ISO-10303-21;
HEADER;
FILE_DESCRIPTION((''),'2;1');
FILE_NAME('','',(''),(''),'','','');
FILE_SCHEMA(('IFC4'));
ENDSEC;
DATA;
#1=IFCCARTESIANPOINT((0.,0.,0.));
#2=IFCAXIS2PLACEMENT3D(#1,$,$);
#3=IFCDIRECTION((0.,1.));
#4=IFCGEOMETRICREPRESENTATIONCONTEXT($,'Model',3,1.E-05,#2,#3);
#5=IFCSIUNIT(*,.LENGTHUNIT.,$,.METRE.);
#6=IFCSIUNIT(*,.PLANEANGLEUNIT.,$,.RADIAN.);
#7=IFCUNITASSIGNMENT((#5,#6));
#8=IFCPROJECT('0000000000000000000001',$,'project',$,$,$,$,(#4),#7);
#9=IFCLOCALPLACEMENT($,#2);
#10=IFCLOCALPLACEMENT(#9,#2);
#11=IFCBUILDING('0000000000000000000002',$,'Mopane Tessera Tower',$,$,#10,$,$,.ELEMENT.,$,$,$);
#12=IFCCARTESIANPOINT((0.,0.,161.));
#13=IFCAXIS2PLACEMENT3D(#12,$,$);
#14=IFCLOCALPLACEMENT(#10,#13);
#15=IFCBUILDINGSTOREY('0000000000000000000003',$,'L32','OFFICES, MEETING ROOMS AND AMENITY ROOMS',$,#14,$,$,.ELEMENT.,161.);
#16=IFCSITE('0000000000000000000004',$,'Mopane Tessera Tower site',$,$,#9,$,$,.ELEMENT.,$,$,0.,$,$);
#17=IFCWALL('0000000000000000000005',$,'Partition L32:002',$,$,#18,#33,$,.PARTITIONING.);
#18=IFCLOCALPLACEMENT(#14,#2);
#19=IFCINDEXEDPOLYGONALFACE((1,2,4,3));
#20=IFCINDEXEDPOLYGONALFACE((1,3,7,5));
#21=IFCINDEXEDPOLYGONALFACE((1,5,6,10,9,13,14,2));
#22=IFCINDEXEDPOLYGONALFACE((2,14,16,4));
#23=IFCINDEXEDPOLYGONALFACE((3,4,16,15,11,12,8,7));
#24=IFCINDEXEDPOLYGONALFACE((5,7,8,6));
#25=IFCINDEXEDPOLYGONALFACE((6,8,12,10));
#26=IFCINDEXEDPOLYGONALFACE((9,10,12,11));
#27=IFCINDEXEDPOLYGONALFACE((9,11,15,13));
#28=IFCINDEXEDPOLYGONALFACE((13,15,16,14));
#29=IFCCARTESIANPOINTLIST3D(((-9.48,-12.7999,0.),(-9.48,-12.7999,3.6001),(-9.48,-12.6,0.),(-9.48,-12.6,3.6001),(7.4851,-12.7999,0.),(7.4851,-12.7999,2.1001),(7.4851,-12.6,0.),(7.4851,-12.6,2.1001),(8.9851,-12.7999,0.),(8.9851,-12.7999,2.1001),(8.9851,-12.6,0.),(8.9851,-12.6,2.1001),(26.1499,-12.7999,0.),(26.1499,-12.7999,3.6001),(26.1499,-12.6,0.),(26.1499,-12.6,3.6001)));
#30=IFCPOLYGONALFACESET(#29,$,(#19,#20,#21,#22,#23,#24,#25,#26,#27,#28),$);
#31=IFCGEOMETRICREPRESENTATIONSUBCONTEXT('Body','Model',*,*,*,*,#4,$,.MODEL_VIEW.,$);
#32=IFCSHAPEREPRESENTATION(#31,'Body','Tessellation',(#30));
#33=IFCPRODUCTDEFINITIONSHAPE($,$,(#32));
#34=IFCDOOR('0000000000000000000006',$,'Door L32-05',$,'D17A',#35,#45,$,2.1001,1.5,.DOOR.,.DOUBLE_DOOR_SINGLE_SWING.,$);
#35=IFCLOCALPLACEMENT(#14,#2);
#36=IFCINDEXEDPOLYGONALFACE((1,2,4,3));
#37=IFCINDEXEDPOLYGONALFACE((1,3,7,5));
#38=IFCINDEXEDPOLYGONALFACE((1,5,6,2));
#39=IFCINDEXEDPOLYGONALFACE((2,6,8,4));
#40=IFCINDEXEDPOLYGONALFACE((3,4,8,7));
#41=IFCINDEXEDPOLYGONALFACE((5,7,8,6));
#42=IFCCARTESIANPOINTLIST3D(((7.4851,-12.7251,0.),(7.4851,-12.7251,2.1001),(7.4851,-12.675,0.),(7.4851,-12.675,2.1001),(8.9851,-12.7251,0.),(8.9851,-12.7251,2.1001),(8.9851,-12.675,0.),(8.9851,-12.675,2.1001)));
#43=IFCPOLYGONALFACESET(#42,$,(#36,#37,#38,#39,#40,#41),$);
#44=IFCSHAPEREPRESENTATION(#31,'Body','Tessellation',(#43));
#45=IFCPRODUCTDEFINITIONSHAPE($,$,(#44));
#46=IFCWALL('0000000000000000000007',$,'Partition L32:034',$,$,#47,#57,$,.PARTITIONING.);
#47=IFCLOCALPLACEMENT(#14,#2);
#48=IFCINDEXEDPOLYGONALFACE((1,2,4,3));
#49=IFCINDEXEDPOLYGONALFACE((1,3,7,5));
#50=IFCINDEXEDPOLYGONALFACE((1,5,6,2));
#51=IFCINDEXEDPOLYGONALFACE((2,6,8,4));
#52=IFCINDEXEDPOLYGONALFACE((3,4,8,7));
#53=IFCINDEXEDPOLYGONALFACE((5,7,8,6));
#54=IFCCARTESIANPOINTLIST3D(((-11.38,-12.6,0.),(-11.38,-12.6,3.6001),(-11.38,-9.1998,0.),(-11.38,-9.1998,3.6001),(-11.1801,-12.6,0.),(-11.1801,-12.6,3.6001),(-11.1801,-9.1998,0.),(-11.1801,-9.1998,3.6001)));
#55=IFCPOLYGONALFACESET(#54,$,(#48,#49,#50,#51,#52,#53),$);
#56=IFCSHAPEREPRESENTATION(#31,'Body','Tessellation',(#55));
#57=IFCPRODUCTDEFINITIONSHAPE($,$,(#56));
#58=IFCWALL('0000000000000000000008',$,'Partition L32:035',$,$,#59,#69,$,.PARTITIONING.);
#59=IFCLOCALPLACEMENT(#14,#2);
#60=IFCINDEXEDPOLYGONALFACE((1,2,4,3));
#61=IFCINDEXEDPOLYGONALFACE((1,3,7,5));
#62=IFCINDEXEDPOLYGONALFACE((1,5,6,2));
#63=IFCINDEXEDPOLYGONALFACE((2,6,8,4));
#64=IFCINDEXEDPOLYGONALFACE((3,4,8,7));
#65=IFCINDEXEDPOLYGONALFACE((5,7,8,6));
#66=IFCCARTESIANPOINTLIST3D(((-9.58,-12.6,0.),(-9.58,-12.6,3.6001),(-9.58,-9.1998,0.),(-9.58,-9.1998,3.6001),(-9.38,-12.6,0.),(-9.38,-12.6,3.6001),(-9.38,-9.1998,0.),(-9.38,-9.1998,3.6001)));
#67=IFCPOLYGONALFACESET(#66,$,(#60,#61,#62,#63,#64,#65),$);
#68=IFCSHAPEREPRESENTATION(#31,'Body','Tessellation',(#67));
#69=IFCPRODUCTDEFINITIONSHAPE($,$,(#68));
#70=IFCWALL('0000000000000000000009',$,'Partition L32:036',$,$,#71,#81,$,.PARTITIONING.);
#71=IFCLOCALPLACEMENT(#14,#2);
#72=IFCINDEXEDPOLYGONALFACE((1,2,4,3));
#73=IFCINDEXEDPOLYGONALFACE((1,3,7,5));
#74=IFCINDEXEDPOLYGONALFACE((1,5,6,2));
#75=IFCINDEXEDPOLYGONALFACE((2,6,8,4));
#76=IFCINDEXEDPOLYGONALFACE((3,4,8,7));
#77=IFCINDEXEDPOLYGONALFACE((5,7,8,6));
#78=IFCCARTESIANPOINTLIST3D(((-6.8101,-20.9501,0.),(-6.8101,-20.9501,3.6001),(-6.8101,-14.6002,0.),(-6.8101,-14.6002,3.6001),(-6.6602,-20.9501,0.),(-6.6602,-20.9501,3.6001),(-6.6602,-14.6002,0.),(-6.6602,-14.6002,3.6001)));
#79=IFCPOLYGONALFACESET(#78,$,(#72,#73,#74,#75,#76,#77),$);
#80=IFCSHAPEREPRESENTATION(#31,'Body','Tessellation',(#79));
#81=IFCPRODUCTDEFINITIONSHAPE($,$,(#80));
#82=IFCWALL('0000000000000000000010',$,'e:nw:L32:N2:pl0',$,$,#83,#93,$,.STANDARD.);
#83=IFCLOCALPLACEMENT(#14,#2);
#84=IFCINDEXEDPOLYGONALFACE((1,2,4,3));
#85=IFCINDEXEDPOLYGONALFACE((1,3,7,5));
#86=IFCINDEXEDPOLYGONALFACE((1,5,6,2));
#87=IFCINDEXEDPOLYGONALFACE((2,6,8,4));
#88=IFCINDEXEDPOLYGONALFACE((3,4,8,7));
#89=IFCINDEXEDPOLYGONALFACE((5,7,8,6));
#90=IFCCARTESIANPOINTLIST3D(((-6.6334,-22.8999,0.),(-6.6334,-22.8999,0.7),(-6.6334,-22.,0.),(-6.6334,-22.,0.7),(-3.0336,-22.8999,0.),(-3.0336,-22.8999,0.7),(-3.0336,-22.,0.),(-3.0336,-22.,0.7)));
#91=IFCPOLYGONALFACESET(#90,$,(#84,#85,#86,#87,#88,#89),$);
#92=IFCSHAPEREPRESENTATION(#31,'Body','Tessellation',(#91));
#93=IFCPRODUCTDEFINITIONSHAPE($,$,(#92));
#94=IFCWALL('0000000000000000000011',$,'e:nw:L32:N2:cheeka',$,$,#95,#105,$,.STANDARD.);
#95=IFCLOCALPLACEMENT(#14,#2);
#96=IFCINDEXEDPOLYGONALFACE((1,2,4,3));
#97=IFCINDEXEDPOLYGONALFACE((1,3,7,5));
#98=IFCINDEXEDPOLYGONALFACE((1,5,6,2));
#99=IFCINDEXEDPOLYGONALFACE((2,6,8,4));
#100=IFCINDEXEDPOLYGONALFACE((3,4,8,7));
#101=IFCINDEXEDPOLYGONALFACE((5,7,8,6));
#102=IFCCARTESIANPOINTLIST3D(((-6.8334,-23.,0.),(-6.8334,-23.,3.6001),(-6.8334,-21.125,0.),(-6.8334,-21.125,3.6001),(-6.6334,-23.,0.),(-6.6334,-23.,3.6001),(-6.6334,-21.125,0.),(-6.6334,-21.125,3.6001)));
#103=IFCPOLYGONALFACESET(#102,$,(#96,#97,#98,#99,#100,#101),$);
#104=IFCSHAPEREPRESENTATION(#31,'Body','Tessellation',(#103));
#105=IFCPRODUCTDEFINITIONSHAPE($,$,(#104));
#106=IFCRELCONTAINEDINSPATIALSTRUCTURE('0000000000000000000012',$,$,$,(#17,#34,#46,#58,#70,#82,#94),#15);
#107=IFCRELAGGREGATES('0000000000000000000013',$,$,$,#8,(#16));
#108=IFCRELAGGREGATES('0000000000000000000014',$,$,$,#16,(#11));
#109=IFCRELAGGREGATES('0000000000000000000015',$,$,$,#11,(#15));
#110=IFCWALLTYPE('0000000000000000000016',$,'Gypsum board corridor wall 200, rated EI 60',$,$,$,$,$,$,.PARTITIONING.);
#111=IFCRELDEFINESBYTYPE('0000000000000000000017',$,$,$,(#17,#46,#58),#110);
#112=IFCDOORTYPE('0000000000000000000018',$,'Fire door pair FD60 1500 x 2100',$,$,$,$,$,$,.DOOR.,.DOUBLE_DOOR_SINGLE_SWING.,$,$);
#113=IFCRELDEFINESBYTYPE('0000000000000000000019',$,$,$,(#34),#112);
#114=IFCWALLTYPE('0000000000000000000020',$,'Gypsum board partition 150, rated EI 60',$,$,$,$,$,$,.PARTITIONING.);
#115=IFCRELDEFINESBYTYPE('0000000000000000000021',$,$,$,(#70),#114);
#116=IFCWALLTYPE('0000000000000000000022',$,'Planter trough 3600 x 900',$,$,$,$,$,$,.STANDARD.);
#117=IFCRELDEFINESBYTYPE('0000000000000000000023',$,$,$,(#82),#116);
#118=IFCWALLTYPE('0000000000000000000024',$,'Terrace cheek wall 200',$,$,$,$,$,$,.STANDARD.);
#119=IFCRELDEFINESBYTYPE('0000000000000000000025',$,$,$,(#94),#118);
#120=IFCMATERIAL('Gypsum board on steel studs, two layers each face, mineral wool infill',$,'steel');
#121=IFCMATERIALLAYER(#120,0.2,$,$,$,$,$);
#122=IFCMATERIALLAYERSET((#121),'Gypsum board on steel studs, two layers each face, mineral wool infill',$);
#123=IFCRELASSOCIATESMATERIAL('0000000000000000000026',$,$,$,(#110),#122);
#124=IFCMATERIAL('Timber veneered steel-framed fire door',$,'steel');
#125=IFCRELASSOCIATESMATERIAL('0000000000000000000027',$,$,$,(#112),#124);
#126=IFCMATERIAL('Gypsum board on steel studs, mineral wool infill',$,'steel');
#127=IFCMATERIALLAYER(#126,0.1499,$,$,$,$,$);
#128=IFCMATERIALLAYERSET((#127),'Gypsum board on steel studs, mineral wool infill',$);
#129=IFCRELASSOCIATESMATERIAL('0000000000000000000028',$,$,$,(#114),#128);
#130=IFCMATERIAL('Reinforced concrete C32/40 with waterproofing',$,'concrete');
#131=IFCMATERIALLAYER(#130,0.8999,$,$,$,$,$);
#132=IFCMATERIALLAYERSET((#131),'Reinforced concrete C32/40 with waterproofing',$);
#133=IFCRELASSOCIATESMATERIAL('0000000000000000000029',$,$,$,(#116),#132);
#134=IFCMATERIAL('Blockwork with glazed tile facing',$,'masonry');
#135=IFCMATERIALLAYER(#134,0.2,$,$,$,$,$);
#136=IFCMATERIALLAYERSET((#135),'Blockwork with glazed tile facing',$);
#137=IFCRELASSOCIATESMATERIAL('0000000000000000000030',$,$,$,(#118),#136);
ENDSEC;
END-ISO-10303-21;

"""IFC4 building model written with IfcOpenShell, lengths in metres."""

from ifc_helpers import new_model, si_unit, direction, frame, frame_2d, origin, place, context, subcontext, project, spatial, rectangle, extrude, material, layer, layer_set, type_object, element, fill, save


model = new_model("IFC4")

# Units and contexts
model_context = context("Model", 3, precision=1e-05, world=origin(), true_north=direction((0.0, 1.0)))
body_context = subcontext(model_context, "Body", "Model", "MODEL_VIEW")
ifc_project = project(units=[si_unit("LENGTHUNIT", "METRE"), si_unit("PLANEANGLEUNIT", "RADIAN")], contexts=[model_context])

# Site, building, storey
site_placement = place(None, origin())
site = spatial("IfcSite", under=ifc_project, at=site_placement, Name="Mopane Tessera Tower site", CompositionType="ELEMENT", RefElevation=0.0)
building_placement = place(site_placement, origin())
building = spatial("IfcBuilding", under=site, at=building_placement, Name="Mopane Tessera Tower", CompositionType="ELEMENT")
storey_placement = place(building_placement, frame((0.0, 0.0, 161.0)))
storey = spatial("IfcBuildingStorey", under=building, at=storey_placement, Name="L32", Description="OFFICES, MEETING ROOMS AND AMENITY ROOMS", CompositionType="ELEMENT", Elevation=161.0)

# Wall, opening, door
ifc_material_1 = material(Name="Gypsum board on steel studs, two layers each face, mineral wool infill", Category="steel")
ifc_layer_1 = layer(ifc_material_1, 0.2)
ifc_layer_set_1 = layer_set([ifc_layer_1], Name="Gypsum board on steel studs, two layers each face, mineral wool infill")
wall_type_1 = type_object("IfcWallType", Name="Gypsum board corridor wall 200, rated EI 60", PredefinedType="PARTITIONING", material=ifc_layer_set_1)
wall_1_placement = place(storey_placement, frame((-9.48, -12.7, 0.0), z_axis=(0.0, 0.0, 1.0), x_axis=(1.0, 0.0, 0.0)))
wall_1 = element("IfcWall", 1, at=wall_1_placement, inside=storey, type_object=wall_type_1, Name="Partition L32:002", PredefinedType="PARTITIONING", context=body_context, shape_type="SweptSolid", body=[
    extrude(rectangle(XDim=35.6299, YDim=0.2, at=frame_2d((17.8149, 0.0))), origin(), (0.0, 0.0, 1.0), 3.6001),
])
opening_1_placement = place(wall_1_placement, frame((16.9651, 0.0, 0.0)))
opening_1 = element("IfcOpeningElement", 2, at=opening_1_placement, cuts=wall_1, PredefinedType="OPENING", context=body_context, shape_type="SweptSolid", body=[
    extrude(rectangle(XDim=1.5, YDim=2.1001, at=frame_2d((0.75, 1.05))), frame((0.0, 0.1121, 0.0), z_axis=(0.0, -1.0, 0.0), x_axis=(1.0, 0.0, 0.0)), (0.0, 0.0, 1.0), 0.2239),
])
ifc_material_2 = material(Name="Timber veneered steel-framed fire door", Category="steel")
door_type_1 = type_object("IfcDoorType", Name="Fire door pair FD60 1500 x 2100", OperationType="DOUBLE_DOOR_SINGLE_SWING", PredefinedType="DOOR", material=ifc_material_2)
door_1_placement = place(opening_1_placement, origin())
door_1 = element("IfcDoor", 3, at=door_1_placement, inside=storey, type_object=door_type_1, Name="Door L32-05", ObjectType="D17A", OperationType="DOUBLE_DOOR_SINGLE_SWING", OverallHeight=2.1001, OverallWidth=1.5, PredefinedType="DOOR", context=body_context, shape_type="SweptSolid", body=[
    extrude(rectangle(XDim=1.5, YDim=2.1001, at=frame_2d((0.75, 1.05))), frame((0.0, 0.0249, 0.0), z_axis=(0.0, -1.0, 0.0), x_axis=(1.0, 0.0, 0.0)), (0.0, 0.0, 1.0), 0.05),
])
fill(opening_1, door_1)

# Walls
for number, where, z_axis, x_axis, name in (
    (4, (-11.28, -12.6001, 0.0), (0.0, 0.0, 1.0), (0.0, 1.0, 0.0), "Partition L32:034"),
    (5, (-9.48, -12.6001, 0.0), (0.0, 0.0, 1.0), (0.0, 1.0, 0.0), "Partition L32:035"),
):
    element("IfcWall", number, at=place(storey_placement, frame(where, z_axis=z_axis, x_axis=x_axis)), inside=storey, type_object=wall_type_1, Name=name, PredefinedType="PARTITIONING", context=body_context, shape_type="SweptSolid", body=[
        extrude(rectangle(XDim=3.4001, YDim=0.2, at=frame_2d((1.7002, 0.0))), origin(), (0.0, 0.0, 1.0), 3.6001),
    ])
ifc_material_3 = material(Name="Gypsum board on steel studs, mineral wool infill", Category="steel")
ifc_layer_2 = layer(ifc_material_3, 0.1499)
ifc_layer_set_2 = layer_set([ifc_layer_2], Name="Gypsum board on steel studs, mineral wool infill")
wall_type_2 = type_object("IfcWallType", Name="Gypsum board partition 150, rated EI 60", PredefinedType="PARTITIONING", material=ifc_layer_set_2)
wall_2_placement = place(storey_placement, frame((-6.7351, -20.95, 0.0), z_axis=(0.0, 0.0, 1.0), x_axis=(0.0, 1.0, 0.0)))
element("IfcWall", 6, at=wall_2_placement, inside=storey, type_object=wall_type_2, Name="Partition L32:036", PredefinedType="PARTITIONING", context=body_context, shape_type="SweptSolid", body=[
    extrude(rectangle(XDim=6.3499, YDim=0.1499, at=frame_2d((3.1748, 0.0))), origin(), (0.0, 0.0, 1.0), 3.6001),
])
ifc_material_4 = material(Name="Reinforced concrete C32/40 with waterproofing", Category="concrete")
ifc_layer_3 = layer(ifc_material_4, 0.8999)
ifc_layer_set_3 = layer_set([ifc_layer_3], Name="Reinforced concrete C32/40 with waterproofing")
wall_type_3 = type_object("IfcWallType", Name="Planter trough 3600 x 900", PredefinedType="STANDARD", material=ifc_layer_set_3)
wall_3_placement = place(storey_placement, frame((-6.6333, -22.45, 0.0), z_axis=(0.0, 0.0, 1.0), x_axis=(1.0, 0.0, 0.0)))
element("IfcWall", 7, at=wall_3_placement, inside=storey, type_object=wall_type_3, Name="e:nw:L32:N2:pl0", PredefinedType="STANDARD", context=body_context, shape_type="SweptSolid", body=[
    extrude(rectangle(XDim=3.5999, YDim=0.8999, at=frame_2d((1.7998, 0.0))), origin(), (0.0, 0.0, 1.0), 0.7),
])
ifc_material_5 = material(Name="Blockwork with glazed tile facing", Category="masonry")
ifc_layer_4 = layer(ifc_material_5, 0.2)
ifc_layer_set_4 = layer_set([ifc_layer_4], Name="Blockwork with glazed tile facing")
wall_type_4 = type_object("IfcWallType", Name="Terrace cheek wall 200", PredefinedType="STANDARD", material=ifc_layer_set_4)
wall_4_placement = place(storey_placement, frame((-6.7334, -23.0, 0.0), z_axis=(0.0, 0.0, 1.0), x_axis=(0.0, 1.0, 0.0)))
element("IfcWall", 8, at=wall_4_placement, inside=storey, type_object=wall_type_4, Name="e:nw:L32:N2:cheeka", PredefinedType="STANDARD", context=body_context, shape_type="SweptSolid", body=[
    extrude(rectangle(XDim=1.875, YDim=0.2, at=frame_2d((0.9375, 0.0))), origin(), (0.0, 0.0, 1.0), 3.6001),
])

save(model, "model.ifc")
